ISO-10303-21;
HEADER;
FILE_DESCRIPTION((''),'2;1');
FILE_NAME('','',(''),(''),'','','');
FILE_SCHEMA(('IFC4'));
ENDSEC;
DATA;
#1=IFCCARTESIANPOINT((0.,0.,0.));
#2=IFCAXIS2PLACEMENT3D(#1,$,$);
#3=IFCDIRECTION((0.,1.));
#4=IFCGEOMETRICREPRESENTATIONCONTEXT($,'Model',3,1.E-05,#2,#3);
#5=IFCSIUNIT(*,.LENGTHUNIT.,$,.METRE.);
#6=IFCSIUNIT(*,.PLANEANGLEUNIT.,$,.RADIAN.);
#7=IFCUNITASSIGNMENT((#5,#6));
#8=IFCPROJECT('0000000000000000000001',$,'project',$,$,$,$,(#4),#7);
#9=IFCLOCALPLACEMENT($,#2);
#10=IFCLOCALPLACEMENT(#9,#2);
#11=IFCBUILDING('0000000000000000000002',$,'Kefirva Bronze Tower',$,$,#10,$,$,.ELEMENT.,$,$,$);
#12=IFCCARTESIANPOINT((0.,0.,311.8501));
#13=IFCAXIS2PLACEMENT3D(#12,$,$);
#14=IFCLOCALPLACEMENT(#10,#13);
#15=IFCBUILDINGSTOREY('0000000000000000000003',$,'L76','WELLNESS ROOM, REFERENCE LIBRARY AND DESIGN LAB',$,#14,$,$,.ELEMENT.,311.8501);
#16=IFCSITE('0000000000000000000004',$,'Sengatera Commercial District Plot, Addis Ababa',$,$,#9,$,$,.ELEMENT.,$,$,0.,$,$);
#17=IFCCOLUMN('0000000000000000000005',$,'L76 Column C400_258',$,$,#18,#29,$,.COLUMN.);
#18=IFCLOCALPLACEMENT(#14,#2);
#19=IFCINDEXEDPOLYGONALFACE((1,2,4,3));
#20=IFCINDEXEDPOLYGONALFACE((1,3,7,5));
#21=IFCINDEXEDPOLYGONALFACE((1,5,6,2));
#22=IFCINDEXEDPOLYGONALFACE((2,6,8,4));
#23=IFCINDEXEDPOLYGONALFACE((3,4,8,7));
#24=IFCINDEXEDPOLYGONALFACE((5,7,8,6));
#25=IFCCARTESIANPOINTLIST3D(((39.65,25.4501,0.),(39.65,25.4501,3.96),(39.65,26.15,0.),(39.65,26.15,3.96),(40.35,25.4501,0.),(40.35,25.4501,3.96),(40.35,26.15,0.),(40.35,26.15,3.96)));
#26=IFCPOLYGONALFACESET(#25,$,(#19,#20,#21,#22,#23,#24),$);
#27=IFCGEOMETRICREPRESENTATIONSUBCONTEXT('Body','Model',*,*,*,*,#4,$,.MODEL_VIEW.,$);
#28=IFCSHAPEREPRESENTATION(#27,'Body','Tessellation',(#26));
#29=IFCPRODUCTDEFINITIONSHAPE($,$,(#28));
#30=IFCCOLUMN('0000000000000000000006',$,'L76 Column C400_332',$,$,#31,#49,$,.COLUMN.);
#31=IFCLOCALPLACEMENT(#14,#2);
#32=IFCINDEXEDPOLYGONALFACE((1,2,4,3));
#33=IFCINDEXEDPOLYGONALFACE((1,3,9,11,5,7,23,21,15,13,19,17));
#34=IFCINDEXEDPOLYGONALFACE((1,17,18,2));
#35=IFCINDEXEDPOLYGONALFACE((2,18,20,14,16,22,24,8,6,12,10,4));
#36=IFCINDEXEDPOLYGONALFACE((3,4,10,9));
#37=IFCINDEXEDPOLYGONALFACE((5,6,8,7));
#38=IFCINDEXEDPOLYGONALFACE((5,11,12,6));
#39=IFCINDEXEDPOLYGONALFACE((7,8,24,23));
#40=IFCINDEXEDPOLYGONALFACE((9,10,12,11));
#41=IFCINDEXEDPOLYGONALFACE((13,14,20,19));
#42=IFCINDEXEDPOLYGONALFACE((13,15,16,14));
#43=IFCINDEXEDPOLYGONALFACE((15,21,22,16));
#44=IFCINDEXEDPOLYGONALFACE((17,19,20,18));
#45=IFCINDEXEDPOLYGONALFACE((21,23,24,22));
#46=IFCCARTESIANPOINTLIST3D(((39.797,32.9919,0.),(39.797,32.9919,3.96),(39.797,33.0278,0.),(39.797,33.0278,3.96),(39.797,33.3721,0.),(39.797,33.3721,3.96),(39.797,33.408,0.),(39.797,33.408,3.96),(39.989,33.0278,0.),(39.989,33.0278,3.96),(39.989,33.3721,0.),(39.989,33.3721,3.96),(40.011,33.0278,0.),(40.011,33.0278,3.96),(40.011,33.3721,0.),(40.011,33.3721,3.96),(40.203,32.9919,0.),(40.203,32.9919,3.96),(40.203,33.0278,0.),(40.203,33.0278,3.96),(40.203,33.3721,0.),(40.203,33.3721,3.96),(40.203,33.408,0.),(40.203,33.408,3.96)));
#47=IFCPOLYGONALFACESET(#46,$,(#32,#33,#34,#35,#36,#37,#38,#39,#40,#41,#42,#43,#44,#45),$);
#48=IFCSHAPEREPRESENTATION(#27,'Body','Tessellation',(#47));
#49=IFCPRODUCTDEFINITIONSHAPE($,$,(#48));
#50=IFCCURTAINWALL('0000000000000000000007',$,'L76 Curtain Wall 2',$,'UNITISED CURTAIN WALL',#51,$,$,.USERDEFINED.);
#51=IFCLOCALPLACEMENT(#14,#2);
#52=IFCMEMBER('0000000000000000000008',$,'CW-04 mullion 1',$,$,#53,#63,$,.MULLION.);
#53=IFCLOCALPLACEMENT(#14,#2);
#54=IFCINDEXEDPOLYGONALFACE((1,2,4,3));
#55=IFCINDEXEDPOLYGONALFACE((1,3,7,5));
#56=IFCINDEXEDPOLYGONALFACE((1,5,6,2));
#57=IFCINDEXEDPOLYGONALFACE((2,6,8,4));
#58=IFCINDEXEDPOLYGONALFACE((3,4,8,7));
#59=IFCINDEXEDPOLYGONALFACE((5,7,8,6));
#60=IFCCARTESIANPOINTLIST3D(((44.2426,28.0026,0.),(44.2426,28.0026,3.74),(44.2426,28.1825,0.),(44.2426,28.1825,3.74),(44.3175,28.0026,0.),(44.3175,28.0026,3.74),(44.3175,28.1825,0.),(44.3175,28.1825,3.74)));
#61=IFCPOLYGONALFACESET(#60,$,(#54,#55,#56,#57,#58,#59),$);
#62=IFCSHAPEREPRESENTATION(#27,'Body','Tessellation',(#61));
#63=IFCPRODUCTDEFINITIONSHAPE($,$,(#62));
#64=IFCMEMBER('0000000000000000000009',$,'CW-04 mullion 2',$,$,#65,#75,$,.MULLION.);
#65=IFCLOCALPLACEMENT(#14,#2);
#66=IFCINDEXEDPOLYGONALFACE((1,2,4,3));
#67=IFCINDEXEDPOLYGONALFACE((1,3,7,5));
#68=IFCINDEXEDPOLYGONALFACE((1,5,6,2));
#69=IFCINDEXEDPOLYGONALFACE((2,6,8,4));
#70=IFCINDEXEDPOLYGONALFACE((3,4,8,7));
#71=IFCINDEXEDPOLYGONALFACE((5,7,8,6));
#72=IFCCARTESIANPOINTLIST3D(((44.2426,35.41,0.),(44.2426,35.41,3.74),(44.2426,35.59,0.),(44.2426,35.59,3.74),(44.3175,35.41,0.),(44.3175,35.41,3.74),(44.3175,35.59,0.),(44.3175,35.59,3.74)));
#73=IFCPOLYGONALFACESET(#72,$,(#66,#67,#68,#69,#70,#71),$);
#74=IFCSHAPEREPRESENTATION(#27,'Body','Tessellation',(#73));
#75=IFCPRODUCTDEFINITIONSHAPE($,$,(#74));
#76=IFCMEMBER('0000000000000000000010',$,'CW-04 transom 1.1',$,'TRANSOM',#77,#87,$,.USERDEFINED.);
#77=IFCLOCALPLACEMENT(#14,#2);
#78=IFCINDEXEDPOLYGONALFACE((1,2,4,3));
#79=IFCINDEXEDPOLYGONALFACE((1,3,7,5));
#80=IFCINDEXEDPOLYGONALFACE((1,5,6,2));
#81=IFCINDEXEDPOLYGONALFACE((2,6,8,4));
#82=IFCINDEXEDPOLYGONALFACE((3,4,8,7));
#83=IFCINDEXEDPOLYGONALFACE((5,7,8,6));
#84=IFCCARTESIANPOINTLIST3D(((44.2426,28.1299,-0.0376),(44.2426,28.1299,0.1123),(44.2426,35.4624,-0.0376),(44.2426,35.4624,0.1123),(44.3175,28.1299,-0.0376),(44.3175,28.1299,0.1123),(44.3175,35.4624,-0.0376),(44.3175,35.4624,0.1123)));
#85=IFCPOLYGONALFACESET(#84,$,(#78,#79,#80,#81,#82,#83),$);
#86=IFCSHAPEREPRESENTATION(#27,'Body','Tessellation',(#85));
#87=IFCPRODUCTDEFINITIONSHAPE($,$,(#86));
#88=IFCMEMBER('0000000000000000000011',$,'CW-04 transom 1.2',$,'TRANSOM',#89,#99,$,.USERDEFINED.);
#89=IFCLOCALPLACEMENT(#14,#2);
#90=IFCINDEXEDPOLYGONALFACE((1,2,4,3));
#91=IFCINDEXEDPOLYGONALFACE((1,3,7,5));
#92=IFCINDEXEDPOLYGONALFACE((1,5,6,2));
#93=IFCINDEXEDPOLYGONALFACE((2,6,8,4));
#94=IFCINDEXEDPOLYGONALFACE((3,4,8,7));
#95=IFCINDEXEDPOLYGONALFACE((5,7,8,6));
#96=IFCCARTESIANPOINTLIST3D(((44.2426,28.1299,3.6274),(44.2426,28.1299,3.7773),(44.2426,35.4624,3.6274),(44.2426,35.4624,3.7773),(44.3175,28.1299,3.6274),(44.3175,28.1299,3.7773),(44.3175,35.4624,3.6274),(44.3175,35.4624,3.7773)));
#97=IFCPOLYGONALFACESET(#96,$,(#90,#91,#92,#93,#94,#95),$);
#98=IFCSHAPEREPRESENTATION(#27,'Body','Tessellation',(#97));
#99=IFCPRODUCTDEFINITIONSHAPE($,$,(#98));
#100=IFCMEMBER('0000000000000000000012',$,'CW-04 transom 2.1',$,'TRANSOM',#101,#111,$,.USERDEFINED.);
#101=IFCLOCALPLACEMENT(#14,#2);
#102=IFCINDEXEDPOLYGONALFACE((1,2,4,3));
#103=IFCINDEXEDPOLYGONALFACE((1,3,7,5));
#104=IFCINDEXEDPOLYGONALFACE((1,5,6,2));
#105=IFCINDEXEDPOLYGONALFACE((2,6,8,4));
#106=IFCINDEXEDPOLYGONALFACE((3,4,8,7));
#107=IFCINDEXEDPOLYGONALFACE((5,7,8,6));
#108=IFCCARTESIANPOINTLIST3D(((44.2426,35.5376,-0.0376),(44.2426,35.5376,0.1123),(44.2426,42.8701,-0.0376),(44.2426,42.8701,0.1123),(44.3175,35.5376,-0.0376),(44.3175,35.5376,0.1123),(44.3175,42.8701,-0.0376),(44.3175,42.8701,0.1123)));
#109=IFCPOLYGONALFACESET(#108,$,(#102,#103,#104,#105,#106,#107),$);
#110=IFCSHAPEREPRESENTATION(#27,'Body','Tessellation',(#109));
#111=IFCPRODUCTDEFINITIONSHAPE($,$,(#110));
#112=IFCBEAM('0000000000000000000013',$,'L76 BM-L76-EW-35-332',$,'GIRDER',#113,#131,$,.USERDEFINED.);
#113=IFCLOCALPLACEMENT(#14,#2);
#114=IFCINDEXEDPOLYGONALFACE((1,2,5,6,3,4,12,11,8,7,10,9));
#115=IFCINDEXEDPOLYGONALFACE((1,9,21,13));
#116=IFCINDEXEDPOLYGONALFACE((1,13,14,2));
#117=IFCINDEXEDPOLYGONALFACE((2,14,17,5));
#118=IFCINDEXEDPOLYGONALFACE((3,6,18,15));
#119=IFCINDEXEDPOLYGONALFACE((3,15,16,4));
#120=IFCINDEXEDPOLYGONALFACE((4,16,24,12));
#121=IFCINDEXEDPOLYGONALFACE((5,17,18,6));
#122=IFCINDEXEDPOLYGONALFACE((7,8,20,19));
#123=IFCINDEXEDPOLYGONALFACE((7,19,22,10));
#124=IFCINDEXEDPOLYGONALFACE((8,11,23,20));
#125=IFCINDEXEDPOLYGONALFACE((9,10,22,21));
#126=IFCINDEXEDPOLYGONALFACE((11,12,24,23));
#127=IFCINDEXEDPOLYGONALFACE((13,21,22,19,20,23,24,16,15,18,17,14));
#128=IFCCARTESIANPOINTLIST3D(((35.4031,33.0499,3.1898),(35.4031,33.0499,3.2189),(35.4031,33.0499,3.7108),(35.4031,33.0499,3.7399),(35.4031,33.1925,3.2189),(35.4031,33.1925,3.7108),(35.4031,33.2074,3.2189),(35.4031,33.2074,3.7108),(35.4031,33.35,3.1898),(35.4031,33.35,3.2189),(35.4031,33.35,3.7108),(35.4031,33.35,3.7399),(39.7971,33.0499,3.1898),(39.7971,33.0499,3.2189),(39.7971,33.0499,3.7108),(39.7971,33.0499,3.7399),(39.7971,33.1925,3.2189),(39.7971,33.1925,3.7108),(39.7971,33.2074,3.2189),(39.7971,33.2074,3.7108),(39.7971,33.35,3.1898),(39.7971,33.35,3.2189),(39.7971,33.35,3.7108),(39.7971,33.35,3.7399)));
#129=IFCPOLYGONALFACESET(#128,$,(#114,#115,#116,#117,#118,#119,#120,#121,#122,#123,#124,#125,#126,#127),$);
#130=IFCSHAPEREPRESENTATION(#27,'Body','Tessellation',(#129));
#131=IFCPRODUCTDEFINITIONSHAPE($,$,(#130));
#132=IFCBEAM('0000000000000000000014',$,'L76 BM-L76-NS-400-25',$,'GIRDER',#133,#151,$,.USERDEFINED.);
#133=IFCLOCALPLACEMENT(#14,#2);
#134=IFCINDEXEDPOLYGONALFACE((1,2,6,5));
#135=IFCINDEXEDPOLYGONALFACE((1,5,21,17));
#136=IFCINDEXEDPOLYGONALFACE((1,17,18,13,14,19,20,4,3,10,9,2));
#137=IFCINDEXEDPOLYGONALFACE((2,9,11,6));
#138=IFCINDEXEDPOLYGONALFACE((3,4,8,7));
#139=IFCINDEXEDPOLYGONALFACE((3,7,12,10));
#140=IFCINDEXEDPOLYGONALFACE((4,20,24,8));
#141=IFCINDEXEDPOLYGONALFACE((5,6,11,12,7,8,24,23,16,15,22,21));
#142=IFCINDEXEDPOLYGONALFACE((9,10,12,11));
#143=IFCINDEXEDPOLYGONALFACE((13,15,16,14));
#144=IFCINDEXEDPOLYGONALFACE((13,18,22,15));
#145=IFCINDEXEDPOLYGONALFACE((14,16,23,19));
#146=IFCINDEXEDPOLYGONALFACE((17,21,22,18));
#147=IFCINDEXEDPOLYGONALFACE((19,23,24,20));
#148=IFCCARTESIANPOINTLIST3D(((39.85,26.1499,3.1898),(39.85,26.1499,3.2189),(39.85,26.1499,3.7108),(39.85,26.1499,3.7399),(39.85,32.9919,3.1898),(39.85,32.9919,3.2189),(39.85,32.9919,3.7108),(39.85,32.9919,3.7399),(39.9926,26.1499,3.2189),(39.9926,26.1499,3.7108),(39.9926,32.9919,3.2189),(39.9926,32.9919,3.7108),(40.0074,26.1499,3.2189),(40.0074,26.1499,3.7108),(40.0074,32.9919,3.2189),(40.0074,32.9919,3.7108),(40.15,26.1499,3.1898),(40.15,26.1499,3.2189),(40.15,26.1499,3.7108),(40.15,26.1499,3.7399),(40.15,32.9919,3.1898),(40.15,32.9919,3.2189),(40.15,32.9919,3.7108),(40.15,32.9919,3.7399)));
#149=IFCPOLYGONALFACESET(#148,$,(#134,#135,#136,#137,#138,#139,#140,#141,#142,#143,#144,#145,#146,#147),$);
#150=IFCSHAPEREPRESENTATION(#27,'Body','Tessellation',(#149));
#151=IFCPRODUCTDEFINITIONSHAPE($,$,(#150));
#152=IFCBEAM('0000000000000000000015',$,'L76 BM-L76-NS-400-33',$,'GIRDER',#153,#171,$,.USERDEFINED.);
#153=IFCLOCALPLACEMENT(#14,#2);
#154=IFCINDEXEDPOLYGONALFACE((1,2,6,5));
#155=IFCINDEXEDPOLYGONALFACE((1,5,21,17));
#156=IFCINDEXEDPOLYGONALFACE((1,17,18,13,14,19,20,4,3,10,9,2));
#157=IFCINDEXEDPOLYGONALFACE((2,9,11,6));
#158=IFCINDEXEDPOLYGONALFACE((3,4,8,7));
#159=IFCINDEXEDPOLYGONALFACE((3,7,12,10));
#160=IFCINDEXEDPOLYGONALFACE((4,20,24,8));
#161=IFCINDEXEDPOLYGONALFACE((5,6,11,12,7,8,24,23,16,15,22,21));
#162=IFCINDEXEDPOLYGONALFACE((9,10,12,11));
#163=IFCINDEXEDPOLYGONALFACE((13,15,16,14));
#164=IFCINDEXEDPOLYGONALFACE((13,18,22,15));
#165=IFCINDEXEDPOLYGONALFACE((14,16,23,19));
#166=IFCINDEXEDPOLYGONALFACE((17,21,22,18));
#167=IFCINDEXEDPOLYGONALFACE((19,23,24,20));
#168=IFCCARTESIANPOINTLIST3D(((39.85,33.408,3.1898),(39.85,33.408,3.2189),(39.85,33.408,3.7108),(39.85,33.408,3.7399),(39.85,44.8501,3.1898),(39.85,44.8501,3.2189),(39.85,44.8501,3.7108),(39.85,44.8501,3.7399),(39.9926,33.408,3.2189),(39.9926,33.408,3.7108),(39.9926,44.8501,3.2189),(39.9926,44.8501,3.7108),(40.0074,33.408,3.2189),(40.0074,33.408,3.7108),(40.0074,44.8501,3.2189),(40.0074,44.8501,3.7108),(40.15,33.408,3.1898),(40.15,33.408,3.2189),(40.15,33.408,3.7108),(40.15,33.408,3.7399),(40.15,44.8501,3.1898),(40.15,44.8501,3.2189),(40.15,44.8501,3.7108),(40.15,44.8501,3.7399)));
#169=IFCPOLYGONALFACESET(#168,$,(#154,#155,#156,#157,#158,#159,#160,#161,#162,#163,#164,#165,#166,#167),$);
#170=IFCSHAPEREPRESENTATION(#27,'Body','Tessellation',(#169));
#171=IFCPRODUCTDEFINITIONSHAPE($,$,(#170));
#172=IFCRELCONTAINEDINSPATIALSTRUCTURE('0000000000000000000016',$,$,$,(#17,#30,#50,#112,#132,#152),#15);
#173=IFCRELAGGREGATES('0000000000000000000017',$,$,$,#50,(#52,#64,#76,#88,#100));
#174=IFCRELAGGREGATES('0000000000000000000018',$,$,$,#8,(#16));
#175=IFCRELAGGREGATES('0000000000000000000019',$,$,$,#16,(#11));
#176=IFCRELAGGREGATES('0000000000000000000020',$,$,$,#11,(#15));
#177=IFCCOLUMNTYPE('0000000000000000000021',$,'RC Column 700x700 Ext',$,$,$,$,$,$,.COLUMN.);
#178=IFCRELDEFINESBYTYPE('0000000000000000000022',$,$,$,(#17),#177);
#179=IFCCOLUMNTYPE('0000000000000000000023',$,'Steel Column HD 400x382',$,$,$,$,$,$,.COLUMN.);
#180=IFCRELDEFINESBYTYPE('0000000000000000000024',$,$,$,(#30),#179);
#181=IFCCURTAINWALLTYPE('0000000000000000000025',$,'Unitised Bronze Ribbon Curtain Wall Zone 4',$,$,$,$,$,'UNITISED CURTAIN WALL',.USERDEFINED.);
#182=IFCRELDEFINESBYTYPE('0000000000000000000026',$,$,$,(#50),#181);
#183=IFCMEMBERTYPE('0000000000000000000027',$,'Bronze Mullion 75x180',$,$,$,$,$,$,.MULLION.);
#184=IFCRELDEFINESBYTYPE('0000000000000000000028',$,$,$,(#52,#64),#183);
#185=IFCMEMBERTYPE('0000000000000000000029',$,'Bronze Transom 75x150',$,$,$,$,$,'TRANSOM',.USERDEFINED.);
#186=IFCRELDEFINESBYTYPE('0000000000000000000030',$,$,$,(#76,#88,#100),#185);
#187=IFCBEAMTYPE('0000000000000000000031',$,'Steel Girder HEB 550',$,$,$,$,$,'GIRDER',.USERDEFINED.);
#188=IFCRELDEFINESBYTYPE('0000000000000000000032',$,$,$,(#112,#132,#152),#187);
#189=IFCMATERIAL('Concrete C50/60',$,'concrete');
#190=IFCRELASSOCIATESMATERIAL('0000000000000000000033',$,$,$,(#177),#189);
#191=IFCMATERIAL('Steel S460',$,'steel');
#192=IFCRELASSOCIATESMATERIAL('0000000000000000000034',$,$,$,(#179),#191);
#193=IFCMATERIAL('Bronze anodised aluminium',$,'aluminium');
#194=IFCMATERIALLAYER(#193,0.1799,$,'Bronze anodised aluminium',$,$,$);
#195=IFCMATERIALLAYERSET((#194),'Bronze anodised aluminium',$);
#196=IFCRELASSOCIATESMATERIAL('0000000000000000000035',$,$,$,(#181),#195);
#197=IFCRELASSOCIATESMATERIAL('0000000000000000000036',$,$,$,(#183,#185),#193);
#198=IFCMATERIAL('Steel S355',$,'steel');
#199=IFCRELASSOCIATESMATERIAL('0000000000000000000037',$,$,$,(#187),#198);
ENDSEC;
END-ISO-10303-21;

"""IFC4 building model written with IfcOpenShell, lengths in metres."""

from ifc_helpers import new_model, si_unit, direction, frame, origin, origin_2d, place, context, subcontext, project, spatial, rectangle, i_section, extrude, material, layer, layer_set, material_profile, profile_set, type_object, element, aggregate, save


model = new_model("IFC4")

# Units and contexts
model_context = context("Model", 3, precision=1e-05, world=origin(), true_north=direction((0.0, 1.0)))
body_context = subcontext(model_context, "Body", "Model", "MODEL_VIEW")
ifc_project = project(units=[si_unit("LENGTHUNIT", "METRE"), si_unit("PLANEANGLEUNIT", "RADIAN")], contexts=[model_context])

# Site, building, storey
site_placement = place(None, origin())
site = spatial("IfcSite", under=ifc_project, at=site_placement, Name="Sengatera Commercial District Plot, Addis Ababa", CompositionType="ELEMENT", RefElevation=0.0)
building_placement = place(site_placement, origin())
building = spatial("IfcBuilding", under=site, at=building_placement, Name="Kefirva Bronze Tower", CompositionType="ELEMENT")
storey_placement = place(building_placement, frame((0.0, 0.0, 311.8501)))
storey = spatial("IfcBuildingStorey", under=building, at=storey_placement, Name="L76", Description="WELLNESS ROOM, REFERENCE LIBRARY AND DESIGN LAB", CompositionType="ELEMENT", Elevation=311.8501)

# Columns
ifc_material_1 = material(Name="Concrete C50/60", Category="concrete")
ifc_material_profile_1 = material_profile(ifc_material_1, rectangle(XDim=0.7, YDim=0.7, at=origin_2d()), Name="RC 700x700")
ifc_profile_set_1 = profile_set([ifc_material_profile_1], Name="Concrete C50/60")
column_type_1 = type_object("IfcColumnType", Name="RC Column 700x700 Ext", PredefinedType="COLUMN", material=ifc_profile_set_1)
column_1_placement = place(storey_placement, frame((40.0, 25.8, 0.0), z_axis=(0.0, 0.0, 1.0), x_axis=(1.0, 0.0, 0.0)))
element("IfcColumn", 1, at=column_1_placement, inside=storey, type_object=column_type_1, Name="L76 Column C400_258", PredefinedType="COLUMN", context=body_context, shape_type="SweptSolid", body=[
    extrude(rectangle(XDim=0.7, YDim=0.7, at=origin_2d()), origin(), (0.0, 0.0, 1.0), 3.96),
])
ifc_material_2 = material(Name="Steel S460", Category="steel")
ifc_material_profile_2 = material_profile(ifc_material_2, i_section(OverallWidth=0.406, OverallDepth=0.416, WebThickness=0.022, FlangeThickness=0.0359, at=origin_2d()), Name="HD 400x382")
ifc_profile_set_2 = profile_set([ifc_material_profile_2], Name="Steel S460")
column_type_2 = type_object("IfcColumnType", Name="Steel Column HD 400x382", PredefinedType="COLUMN", material=ifc_profile_set_2)
column_2_placement = place(storey_placement, frame((40.0, 33.2, 0.0), z_axis=(0.0, 0.0, 1.0), x_axis=(1.0, 0.0, 0.0)))
element("IfcColumn", 2, at=column_2_placement, inside=storey, type_object=column_type_2, Name="L76 Column C400_332", PredefinedType="COLUMN", context=body_context, shape_type="SweptSolid", body=[
    extrude(i_section(OverallWidth=0.406, OverallDepth=0.416, WebThickness=0.022, FlangeThickness=0.0359, at=origin_2d()), origin(), (0.0, 0.0, 1.0), 3.96),
])

# Curtain wall, members
ifc_material_3 = material(Name="Bronze anodised aluminium", Category="aluminium")
ifc_layer_1 = layer(ifc_material_3, 0.1799, Name="Bronze anodised aluminium")
ifc_layer_set_1 = layer_set([ifc_layer_1], Name="Bronze anodised aluminium")
curtain_wall_type = type_object("IfcCurtainWallType", Name="Unitised Bronze Ribbon Curtain Wall Zone 4", ElementType="UNITISED CURTAIN WALL", PredefinedType="USERDEFINED", material=ifc_layer_set_1)
curtain_wall_placement = place(storey_placement, origin())
curtain_wall = element("IfcCurtainWall", 3, at=curtain_wall_placement, inside=storey, type_object=curtain_wall_type, Name="L76 Curtain Wall 2", ObjectType="UNITISED CURTAIN WALL", PredefinedType="USERDEFINED")
ifc_material_profile_3 = material_profile(ifc_material_3, rectangle(XDim=0.075, YDim=0.1799, at=origin_2d()), Name="ALU 75x180")
ifc_profile_set_3 = profile_set([ifc_material_profile_3], Name="Bronze anodised aluminium")
member_type_1 = type_object("IfcMemberType", Name="Bronze Mullion 75x180", PredefinedType="MULLION", material=ifc_profile_set_3)
member_1_placement = place(storey_placement, frame((44.28, 28.0925, 0.0), z_axis=(0.0, 0.0, 1.0), x_axis=(-1.0, 0.0, 0.0)))
member_1 = element("IfcMember", 4, at=member_1_placement, type_object=member_type_1, Name="CW-04 mullion 1", PredefinedType="MULLION", context=body_context, shape_type="SweptSolid", body=[
    extrude(rectangle(XDim=0.075, YDim=0.1799, at=origin_2d()), origin(), (0.0, 0.0, 1.0), 3.74),
])
member_2_placement = place(storey_placement, frame((44.28, 35.5, 0.0), z_axis=(0.0, 0.0, 1.0), x_axis=(-1.0, 0.0, 0.0)))
member_2 = element("IfcMember", 5, at=member_2_placement, type_object=member_type_1, Name="CW-04 mullion 2", PredefinedType="MULLION", context=body_context, shape_type="SweptSolid", body=[
    extrude(rectangle(XDim=0.075, YDim=0.1799, at=origin_2d()), origin(), (0.0, 0.0, 1.0), 3.74),
])
ifc_material_profile_4 = material_profile(ifc_material_3, rectangle(XDim=0.075, YDim=0.1499, at=origin_2d()), Name="ALU 75x150")
ifc_profile_set_4 = profile_set([ifc_material_profile_4], Name="Bronze anodised aluminium")
member_type_2 = type_object("IfcMemberType", Name="Bronze Transom 75x150", ElementType="TRANSOM", PredefinedType="USERDEFINED", material=ifc_profile_set_4)
member_3_placement = place(storey_placement, frame((44.28, 28.1299, 0.0374), z_axis=(0.0, 1.0, 0.0), x_axis=(-1.0, 0.0, 0.0)))
member_3 = element("IfcMember", 6, at=member_3_placement, type_object=member_type_2, Name="CW-04 transom 1.1", ObjectType="TRANSOM", PredefinedType="USERDEFINED", context=body_context, shape_type="SweptSolid", body=[
    extrude(rectangle(XDim=0.075, YDim=0.1499, at=origin_2d()), origin(), (0.0, 0.0, 1.0), 7.3325),
])
member_4_placement = place(storey_placement, frame((44.28, 28.1299, 3.7024), z_axis=(0.0, 1.0, 0.0), x_axis=(-1.0, 0.0, 0.0)))
member_4 = element("IfcMember", 7, at=member_4_placement, type_object=member_type_2, Name="CW-04 transom 1.2", ObjectType="TRANSOM", PredefinedType="USERDEFINED", context=body_context, shape_type="SweptSolid", body=[
    extrude(rectangle(XDim=0.075, YDim=0.1499, at=origin_2d()), origin(), (0.0, 0.0, 1.0), 7.3325),
])
member_5_placement = place(storey_placement, frame((44.28, 35.5376, 0.0374), z_axis=(0.0, 1.0, 0.0), x_axis=(-1.0, 0.0, 0.0)))
member_5 = element("IfcMember", 8, at=member_5_placement, type_object=member_type_2, Name="CW-04 transom 2.1", ObjectType="TRANSOM", PredefinedType="USERDEFINED", context=body_context, shape_type="SweptSolid", body=[
    extrude(rectangle(XDim=0.075, YDim=0.1499, at=origin_2d()), origin(), (0.0, 0.0, 1.0), 7.3325),
])

# Beams
ifc_material_4 = material(Name="Steel S355", Category="steel")
ifc_material_profile_5 = material_profile(ifc_material_4, i_section(OverallWidth=0.3, OverallDepth=0.55, WebThickness=0.0149, FlangeThickness=0.0291, at=origin_2d()), Name="HEB 550")
ifc_profile_set_5 = profile_set([ifc_material_profile_5], Name="Steel S355")
beam_type_1 = type_object("IfcBeamType", Name="Steel Girder HEB 550", ElementType="GIRDER", PredefinedType="USERDEFINED", material=ifc_profile_set_5)
beam_1_placement = place(storey_placement, frame((35.4031, 33.2, 3.4648), z_axis=(1.0, 0.0, 0.0), x_axis=(0.0, 1.0, 0.0)))
element("IfcBeam", 9, at=beam_1_placement, inside=storey, type_object=beam_type_1, Name="L76 BM-L76-EW-35-332", ObjectType="GIRDER", PredefinedType="USERDEFINED", context=body_context, shape_type="SweptSolid", body=[
    extrude(i_section(OverallWidth=0.3, OverallDepth=0.55, WebThickness=0.0149, FlangeThickness=0.0291, at=origin_2d()), origin(), (0.0, 0.0, 1.0), 4.394),
])
beam_2_placement = place(storey_placement, frame((40.0, 26.1499, 3.4648), z_axis=(0.0, 1.0, 0.0), x_axis=(-1.0, 0.0, 0.0)))
element("IfcBeam", 10, at=beam_2_placement, inside=storey, type_object=beam_type_1, Name="L76 BM-L76-NS-400-25", ObjectType="GIRDER", PredefinedType="USERDEFINED", context=body_context, shape_type="SweptSolid", body=[
    extrude(i_section(OverallWidth=0.3, OverallDepth=0.55, WebThickness=0.0149, FlangeThickness=0.0291, at=origin_2d()), origin(), (0.0, 0.0, 1.0), 6.842),
])
beam_3_placement = place(storey_placement, frame((40.0, 33.408, 3.4648), z_axis=(0.0, 1.0, 0.0), x_axis=(-1.0, 0.0, 0.0)))
element("IfcBeam", 11, at=beam_3_placement, inside=storey, type_object=beam_type_1, Name="L76 BM-L76-NS-400-33", ObjectType="GIRDER", PredefinedType="USERDEFINED", context=body_context, shape_type="SweptSolid", body=[
    extrude(i_section(OverallWidth=0.3, OverallDepth=0.55, WebThickness=0.0149, FlangeThickness=0.0291, at=origin_2d()), origin(), (0.0, 0.0, 1.0), 11.4421),
])

aggregate(curtain_wall, [member_1, member_2, member_3, member_4, member_5])

save(model, "model.ifc")
